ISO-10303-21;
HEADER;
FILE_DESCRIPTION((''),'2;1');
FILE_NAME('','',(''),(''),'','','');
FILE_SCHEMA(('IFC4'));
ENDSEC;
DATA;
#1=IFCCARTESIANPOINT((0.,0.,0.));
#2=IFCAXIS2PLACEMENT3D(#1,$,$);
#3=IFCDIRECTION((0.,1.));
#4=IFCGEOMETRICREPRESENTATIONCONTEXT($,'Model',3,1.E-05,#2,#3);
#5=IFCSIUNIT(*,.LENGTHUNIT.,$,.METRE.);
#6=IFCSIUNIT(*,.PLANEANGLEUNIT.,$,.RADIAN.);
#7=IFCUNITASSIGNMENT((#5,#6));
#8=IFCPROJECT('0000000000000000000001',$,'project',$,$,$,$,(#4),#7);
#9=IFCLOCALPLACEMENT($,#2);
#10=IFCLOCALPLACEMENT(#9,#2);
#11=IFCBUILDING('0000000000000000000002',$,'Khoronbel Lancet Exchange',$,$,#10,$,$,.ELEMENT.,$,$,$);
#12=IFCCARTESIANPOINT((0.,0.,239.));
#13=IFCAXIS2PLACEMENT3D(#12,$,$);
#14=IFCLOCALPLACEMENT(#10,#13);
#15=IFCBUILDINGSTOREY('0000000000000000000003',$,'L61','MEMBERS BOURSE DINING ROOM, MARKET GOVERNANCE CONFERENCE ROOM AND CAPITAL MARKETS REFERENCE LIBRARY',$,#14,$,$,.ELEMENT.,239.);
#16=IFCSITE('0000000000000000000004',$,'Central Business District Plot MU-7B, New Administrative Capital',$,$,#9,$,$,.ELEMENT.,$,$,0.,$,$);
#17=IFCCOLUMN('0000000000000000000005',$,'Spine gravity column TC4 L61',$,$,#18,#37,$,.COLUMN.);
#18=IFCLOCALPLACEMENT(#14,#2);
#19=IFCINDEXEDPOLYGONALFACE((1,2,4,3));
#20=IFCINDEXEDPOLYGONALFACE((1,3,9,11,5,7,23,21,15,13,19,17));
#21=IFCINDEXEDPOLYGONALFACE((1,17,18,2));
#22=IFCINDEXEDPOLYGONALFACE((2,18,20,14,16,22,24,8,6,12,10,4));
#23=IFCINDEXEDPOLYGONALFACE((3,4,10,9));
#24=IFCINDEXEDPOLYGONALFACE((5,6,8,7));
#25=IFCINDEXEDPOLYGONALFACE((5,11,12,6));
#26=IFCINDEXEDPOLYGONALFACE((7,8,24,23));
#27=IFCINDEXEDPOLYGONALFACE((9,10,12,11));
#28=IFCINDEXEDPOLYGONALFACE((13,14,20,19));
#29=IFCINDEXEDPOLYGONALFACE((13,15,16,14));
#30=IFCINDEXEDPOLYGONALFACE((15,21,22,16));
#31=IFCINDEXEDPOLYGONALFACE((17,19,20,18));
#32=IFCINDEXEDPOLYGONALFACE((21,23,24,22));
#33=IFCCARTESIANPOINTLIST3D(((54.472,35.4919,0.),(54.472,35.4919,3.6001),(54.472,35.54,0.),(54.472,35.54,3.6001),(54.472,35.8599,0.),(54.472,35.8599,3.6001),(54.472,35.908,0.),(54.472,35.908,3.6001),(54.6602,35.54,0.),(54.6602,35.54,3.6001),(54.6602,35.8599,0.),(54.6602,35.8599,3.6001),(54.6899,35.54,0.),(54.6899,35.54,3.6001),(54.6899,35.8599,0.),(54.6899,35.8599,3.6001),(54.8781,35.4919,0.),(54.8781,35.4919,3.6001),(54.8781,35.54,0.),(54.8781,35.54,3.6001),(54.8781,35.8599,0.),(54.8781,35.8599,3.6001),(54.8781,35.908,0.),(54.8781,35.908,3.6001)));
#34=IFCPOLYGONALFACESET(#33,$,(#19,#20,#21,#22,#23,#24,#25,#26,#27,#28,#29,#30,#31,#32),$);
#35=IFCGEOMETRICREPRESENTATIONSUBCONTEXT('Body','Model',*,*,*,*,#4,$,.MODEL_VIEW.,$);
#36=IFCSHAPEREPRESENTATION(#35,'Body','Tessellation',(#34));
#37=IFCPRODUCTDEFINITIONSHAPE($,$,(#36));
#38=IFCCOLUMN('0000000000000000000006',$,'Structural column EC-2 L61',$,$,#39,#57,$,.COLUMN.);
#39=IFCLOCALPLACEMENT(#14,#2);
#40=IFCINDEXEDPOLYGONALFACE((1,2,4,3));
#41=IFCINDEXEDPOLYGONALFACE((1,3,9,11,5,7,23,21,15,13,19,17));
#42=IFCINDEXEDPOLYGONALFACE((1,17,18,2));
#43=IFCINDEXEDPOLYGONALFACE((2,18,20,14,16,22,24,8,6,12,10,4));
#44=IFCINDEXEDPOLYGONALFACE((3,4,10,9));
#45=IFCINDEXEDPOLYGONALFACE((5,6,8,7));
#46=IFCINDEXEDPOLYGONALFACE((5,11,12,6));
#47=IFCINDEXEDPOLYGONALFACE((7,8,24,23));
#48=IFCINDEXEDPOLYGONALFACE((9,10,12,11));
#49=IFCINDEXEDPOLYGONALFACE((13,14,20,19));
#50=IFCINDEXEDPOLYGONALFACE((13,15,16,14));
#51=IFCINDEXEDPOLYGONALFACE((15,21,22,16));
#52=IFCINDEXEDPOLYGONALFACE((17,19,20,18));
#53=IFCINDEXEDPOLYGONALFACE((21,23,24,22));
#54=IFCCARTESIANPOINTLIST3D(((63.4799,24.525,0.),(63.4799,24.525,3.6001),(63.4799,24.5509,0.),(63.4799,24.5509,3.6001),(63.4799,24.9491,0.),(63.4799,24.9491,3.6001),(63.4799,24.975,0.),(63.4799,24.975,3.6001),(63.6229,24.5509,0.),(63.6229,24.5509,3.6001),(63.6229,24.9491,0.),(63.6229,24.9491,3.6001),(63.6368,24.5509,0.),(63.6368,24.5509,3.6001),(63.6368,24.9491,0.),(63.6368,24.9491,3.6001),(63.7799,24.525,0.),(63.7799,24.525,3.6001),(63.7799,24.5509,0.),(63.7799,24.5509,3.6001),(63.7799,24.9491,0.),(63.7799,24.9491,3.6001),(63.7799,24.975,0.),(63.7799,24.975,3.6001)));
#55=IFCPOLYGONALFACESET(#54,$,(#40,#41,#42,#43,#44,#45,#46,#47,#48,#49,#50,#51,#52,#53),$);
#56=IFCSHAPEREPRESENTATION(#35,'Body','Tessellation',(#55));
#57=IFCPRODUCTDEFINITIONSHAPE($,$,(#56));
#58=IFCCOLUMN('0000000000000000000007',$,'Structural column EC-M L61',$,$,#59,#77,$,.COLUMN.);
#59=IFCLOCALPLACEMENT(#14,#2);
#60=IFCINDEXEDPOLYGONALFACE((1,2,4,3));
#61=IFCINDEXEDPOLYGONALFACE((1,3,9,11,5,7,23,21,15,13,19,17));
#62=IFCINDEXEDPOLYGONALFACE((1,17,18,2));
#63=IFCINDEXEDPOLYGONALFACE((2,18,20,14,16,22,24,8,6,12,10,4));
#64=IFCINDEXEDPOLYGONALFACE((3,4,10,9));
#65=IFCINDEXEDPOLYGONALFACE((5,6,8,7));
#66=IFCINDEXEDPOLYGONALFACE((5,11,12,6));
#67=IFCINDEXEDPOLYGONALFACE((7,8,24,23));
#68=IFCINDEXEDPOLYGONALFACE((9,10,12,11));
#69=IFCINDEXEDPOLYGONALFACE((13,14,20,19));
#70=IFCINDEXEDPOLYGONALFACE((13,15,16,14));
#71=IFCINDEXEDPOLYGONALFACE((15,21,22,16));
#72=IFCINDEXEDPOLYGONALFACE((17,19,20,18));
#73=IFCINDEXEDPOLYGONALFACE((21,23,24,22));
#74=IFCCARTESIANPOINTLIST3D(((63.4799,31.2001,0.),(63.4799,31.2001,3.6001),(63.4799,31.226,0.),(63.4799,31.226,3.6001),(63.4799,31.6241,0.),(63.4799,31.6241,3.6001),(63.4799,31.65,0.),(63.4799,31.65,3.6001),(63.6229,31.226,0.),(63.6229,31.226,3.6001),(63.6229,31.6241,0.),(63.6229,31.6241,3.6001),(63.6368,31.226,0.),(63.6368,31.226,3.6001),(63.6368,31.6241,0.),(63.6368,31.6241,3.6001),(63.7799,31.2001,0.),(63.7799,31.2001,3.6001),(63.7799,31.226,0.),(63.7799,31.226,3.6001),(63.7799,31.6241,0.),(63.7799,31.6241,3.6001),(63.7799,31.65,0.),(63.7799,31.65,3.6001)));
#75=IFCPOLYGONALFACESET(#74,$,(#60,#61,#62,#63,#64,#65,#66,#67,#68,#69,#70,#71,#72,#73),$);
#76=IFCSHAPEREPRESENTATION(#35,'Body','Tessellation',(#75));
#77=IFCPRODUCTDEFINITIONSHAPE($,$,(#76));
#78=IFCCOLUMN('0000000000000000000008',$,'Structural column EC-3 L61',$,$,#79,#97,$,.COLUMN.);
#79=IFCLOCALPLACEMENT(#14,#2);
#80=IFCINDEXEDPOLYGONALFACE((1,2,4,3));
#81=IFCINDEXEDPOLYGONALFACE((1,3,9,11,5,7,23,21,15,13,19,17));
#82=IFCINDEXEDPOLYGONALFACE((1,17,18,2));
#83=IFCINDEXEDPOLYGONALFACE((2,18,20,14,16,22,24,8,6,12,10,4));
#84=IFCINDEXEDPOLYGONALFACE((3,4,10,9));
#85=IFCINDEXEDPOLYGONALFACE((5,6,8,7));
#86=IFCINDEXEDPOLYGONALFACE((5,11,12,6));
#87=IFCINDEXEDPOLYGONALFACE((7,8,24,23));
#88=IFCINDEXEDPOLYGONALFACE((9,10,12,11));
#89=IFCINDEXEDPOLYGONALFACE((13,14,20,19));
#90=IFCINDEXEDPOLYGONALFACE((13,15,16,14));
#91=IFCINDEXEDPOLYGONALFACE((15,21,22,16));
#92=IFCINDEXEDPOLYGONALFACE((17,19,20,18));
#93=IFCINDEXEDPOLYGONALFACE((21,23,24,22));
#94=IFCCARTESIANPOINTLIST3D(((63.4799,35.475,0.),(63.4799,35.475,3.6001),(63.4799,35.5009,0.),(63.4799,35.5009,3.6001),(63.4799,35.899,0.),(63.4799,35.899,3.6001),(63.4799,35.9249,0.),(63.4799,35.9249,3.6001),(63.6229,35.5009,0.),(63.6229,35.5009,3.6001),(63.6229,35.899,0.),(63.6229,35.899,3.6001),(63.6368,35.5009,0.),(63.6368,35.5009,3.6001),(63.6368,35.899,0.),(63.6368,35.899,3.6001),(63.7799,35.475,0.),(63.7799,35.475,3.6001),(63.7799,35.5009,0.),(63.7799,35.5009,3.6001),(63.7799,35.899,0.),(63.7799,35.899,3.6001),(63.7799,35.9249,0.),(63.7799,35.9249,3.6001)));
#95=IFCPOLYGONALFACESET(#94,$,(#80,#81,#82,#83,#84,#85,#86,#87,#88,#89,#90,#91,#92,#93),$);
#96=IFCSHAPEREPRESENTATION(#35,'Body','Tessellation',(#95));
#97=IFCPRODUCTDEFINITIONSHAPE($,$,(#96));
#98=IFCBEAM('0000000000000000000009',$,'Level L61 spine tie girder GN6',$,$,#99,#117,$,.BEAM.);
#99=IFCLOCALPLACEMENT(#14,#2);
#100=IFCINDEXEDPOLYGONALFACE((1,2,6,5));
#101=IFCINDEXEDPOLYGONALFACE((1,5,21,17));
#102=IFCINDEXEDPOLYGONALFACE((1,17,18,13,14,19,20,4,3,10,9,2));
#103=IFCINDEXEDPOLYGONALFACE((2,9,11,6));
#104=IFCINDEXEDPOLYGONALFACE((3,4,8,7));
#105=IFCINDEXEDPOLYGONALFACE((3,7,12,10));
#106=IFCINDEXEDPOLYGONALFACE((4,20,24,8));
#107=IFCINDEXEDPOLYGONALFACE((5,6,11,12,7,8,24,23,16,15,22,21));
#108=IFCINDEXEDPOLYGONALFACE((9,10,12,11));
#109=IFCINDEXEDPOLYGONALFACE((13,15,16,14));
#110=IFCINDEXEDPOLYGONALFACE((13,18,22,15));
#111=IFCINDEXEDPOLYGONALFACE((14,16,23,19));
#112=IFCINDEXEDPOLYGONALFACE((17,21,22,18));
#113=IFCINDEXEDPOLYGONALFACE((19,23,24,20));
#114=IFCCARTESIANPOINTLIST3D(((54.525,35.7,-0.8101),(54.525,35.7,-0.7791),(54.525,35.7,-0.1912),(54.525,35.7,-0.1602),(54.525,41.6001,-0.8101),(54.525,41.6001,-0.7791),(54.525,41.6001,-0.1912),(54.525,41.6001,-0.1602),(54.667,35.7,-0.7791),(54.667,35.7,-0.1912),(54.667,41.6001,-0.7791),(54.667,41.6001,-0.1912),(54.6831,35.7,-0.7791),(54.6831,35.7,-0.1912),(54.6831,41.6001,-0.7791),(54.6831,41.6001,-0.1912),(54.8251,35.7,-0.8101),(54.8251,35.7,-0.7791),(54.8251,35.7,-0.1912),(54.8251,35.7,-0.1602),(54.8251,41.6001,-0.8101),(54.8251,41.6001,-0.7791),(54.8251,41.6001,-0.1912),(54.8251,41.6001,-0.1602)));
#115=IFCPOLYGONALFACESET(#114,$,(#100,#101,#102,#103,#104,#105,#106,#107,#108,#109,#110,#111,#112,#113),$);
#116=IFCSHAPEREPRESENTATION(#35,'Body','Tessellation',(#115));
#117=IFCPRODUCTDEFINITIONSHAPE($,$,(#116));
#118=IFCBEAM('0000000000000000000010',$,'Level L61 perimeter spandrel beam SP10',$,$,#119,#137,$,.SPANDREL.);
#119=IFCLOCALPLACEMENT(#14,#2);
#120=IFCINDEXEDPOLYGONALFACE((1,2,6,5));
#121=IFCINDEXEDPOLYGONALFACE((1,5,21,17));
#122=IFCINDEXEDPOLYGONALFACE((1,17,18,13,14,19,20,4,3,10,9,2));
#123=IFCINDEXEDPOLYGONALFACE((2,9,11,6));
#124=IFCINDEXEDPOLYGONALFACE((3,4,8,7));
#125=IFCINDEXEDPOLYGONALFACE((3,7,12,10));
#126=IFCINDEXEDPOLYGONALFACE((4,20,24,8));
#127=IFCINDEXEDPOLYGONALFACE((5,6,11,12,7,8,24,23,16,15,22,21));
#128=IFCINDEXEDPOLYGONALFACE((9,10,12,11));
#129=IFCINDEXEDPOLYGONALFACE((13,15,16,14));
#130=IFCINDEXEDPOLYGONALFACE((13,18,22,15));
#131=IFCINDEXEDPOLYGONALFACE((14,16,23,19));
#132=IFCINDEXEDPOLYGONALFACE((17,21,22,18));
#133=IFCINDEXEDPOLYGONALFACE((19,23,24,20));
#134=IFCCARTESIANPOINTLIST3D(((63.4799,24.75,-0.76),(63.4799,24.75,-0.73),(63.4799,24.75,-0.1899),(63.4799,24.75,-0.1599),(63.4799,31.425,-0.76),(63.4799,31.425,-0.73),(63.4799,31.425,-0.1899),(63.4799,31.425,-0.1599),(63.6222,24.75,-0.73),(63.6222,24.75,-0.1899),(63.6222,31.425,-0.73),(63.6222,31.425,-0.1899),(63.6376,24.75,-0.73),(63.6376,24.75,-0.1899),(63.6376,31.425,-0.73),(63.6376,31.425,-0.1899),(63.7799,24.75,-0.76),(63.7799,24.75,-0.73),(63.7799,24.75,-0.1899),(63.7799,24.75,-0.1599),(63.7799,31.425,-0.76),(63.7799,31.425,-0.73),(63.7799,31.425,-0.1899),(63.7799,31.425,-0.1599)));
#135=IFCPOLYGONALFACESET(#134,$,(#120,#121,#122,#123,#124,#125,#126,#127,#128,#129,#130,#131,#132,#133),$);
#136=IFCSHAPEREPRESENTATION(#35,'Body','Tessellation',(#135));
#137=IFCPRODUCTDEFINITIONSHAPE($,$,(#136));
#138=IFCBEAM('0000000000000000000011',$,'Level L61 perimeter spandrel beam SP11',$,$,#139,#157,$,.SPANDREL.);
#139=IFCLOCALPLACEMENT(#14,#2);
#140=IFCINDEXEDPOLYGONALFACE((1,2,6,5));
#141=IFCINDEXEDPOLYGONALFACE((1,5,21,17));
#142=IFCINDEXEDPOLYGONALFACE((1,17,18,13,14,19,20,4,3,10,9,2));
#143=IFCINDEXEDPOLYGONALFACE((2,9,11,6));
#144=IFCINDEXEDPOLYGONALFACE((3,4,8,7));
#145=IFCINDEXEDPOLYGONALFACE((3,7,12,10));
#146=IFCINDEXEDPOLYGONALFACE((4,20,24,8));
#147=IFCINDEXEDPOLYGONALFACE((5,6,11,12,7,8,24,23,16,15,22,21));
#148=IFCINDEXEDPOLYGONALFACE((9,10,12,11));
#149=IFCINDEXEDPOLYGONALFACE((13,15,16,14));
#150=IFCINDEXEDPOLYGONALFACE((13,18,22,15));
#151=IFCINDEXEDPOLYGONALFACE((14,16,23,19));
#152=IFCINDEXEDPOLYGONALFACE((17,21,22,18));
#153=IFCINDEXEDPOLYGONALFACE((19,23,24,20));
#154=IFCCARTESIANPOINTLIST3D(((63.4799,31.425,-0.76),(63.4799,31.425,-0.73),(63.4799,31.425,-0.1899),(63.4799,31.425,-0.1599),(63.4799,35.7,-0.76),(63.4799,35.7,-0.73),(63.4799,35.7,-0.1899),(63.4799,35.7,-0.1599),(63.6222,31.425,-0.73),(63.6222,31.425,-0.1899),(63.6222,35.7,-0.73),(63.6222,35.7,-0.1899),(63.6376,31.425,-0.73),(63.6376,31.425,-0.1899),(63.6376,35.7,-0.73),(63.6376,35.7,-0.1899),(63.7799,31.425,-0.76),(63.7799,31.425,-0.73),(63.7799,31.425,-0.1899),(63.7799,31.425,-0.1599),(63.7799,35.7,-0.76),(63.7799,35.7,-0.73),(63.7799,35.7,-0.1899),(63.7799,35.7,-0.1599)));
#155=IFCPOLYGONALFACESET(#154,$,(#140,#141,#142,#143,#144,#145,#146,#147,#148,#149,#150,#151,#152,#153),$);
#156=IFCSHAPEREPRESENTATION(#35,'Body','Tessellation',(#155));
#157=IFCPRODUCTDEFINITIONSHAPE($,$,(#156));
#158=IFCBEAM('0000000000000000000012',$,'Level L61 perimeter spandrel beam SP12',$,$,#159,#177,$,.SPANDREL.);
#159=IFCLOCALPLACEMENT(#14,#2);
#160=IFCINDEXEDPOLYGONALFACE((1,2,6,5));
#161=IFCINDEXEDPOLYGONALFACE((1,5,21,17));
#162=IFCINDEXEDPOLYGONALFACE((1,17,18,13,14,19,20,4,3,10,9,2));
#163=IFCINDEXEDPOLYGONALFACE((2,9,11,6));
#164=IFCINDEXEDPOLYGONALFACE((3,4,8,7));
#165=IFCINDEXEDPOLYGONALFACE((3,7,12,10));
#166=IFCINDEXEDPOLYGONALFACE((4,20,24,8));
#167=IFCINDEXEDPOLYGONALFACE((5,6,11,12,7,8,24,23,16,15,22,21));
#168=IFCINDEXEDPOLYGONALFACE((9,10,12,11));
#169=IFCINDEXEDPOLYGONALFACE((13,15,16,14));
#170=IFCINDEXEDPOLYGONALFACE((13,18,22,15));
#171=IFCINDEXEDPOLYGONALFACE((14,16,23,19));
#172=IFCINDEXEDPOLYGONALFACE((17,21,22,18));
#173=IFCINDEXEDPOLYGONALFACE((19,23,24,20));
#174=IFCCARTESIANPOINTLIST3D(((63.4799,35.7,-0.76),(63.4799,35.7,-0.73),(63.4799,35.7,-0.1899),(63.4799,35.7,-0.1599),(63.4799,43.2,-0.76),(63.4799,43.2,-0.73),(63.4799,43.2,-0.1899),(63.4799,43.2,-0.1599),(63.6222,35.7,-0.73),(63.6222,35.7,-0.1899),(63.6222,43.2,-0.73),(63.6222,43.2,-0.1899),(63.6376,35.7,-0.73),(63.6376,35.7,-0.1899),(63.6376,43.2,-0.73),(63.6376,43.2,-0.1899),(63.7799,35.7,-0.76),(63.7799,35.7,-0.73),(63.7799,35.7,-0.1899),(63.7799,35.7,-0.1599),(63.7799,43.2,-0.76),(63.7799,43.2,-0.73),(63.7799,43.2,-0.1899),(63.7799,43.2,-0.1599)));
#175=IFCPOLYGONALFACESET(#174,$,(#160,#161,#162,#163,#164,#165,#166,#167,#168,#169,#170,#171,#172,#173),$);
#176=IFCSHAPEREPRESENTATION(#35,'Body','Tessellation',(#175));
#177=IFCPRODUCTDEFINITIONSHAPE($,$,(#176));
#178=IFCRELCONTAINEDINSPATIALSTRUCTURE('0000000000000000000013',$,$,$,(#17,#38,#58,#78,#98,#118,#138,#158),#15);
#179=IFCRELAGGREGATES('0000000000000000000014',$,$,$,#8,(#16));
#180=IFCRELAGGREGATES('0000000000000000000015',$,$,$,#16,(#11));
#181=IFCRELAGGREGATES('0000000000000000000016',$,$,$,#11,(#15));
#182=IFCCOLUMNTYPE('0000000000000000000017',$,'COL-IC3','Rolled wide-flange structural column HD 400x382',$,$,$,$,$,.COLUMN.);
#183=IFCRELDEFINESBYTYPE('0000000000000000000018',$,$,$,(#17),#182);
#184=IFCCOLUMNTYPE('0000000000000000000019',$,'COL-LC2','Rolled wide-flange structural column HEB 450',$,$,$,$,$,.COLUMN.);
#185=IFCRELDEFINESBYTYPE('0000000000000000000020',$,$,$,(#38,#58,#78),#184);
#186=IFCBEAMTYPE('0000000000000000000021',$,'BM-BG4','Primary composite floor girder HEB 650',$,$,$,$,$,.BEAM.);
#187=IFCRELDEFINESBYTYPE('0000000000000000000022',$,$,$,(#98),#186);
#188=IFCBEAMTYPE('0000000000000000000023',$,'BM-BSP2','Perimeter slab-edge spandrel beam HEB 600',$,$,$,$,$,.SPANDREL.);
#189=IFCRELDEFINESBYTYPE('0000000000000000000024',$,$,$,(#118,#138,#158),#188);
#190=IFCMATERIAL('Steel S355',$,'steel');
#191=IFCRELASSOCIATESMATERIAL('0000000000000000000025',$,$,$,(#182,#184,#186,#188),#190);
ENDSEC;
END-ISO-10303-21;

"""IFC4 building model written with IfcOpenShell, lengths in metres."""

from ifc_helpers import new_model, si_unit, direction, frame, origin, origin_2d, place, context, subcontext, project, spatial, i_section, extrude, material, material_profile, profile_set, type_object, element, save


model = new_model("IFC4")

# Units and contexts
model_context = context("Model", 3, precision=1e-05, world=origin(), true_north=direction((0.0, 1.0)))
body_context = subcontext(model_context, "Body", "Model", "MODEL_VIEW")
ifc_project = project(units=[si_unit("LENGTHUNIT", "METRE"), si_unit("PLANEANGLEUNIT", "RADIAN")], contexts=[model_context])

# Site, building, storey
site_placement = place(None, origin())
site = spatial("IfcSite", under=ifc_project, at=site_placement, Name="Central Business District Plot MU-7B, New Administrative Capital", CompositionType="ELEMENT", RefElevation=0.0)
building_placement = place(site_placement, origin())
building = spatial("IfcBuilding", under=site, at=building_placement, Name="Khoronbel Lancet Exchange", CompositionType="ELEMENT")
storey_placement = place(building_placement, frame((0.0, 0.0, 239.0)))
storey = spatial("IfcBuildingStorey", under=building, at=storey_placement, Name="L61", Description="MEMBERS BOURSE DINING ROOM, MARKET GOVERNANCE CONFERENCE ROOM AND CAPITAL MARKETS REFERENCE LIBRARY", CompositionType="ELEMENT", Elevation=239.0)

# Columns
ifc_material_1 = material(Name="Steel S355", Category="steel")
ifc_material_profile_1 = material_profile(ifc_material_1, i_section(OverallWidth=0.406, OverallDepth=0.416, WebThickness=0.0298, FlangeThickness=0.0481, at=origin_2d()), Name="HD 400x382")
ifc_profile_set_1 = profile_set([ifc_material_profile_1], Name="Steel S355")
column_type_1 = type_object("IfcColumnType", Name="COL-IC3", Description="Rolled wide-flange structural column HD 400x382", PredefinedType="COLUMN", material=ifc_profile_set_1)
column_placement = place(storey_placement, frame((54.675, 35.7, 0.0), z_axis=(0.0, 0.0, 1.0), x_axis=(1.0, 0.0, 0.0)))
element("IfcColumn", 1, at=column_placement, inside=storey, type_object=column_type_1, Name="Spine gravity column TC4 L61", PredefinedType="COLUMN", context=body_context, shape_type="SweptSolid", body=[
    extrude(i_section(OverallWidth=0.406, OverallDepth=0.416, WebThickness=0.0298, FlangeThickness=0.0481, at=origin_2d()), origin(), (0.0, 0.0, 1.0), 3.6001),
])
ifc_material_profile_2 = material_profile(ifc_material_1, i_section(OverallWidth=0.3, OverallDepth=0.45, WebThickness=0.0139, FlangeThickness=0.0259, at=origin_2d()), Name="HEB 450")
ifc_profile_set_2 = profile_set([ifc_material_profile_2], Name="Steel S355")
column_type_2 = type_object("IfcColumnType", Name="COL-LC2", Description="Rolled wide-flange structural column HEB 450", PredefinedType="COLUMN", material=ifc_profile_set_2)
for number, where, z_axis, x_axis, name in (
    (2, (63.6299, 24.75, 0.0), (0.0, 0.0, 1.0), (1.0, 0.0, 0.0), "Structural column EC-2 L61"),
    (3, (63.6299, 31.425, 0.0), (0.0, 0.0, 1.0), (1.0, 0.0, 0.0), "Structural column EC-M L61"),
    (4, (63.6299, 35.7, 0.0), (0.0, 0.0, 1.0), (1.0, 0.0, 0.0), "Structural column EC-3 L61"),
):
    element("IfcColumn", number, at=place(storey_placement, frame(where, z_axis=z_axis, x_axis=x_axis)), inside=storey, type_object=column_type_2, Name=name, PredefinedType="COLUMN", context=body_context, shape_type="SweptSolid", body=[
        extrude(i_section(OverallWidth=0.3, OverallDepth=0.45, WebThickness=0.0139, FlangeThickness=0.0259, at=origin_2d()), origin(), (0.0, 0.0, 1.0), 3.6001),
    ])

# Beams
ifc_material_profile_3 = material_profile(ifc_material_1, i_section(OverallWidth=0.3, OverallDepth=0.6499, WebThickness=0.0161, FlangeThickness=0.031, at=origin_2d()), Name="HEB 650")
ifc_profile_set_3 = profile_set([ifc_material_profile_3], Name="Steel S355")
beam_type_1 = type_object("IfcBeamType", Name="BM-BG4", Description="Primary composite floor girder HEB 650", PredefinedType="BEAM", material=ifc_profile_set_3)
beam_1_placement = place(storey_placement, frame((54.675, 35.7, -0.4851), z_axis=(0.0, 1.0, 0.0), x_axis=(-1.0, 0.0, 0.0)))
element("IfcBeam", 5, at=beam_1_placement, inside=storey, type_object=beam_type_1, Name="Level L61 spine tie girder GN6", PredefinedType="BEAM", context=body_context, shape_type="SweptSolid", body=[
    extrude(i_section(OverallWidth=0.3, OverallDepth=0.6499, WebThickness=0.0161, FlangeThickness=0.031, at=origin_2d()), origin(), (0.0, 0.0, 1.0), 5.9001),
])
ifc_material_profile_4 = material_profile(ifc_material_1, i_section(OverallWidth=0.3, OverallDepth=0.6001, WebThickness=0.0154, FlangeThickness=0.03, at=origin_2d()), Name="HEB 600")
ifc_profile_set_4 = profile_set([ifc_material_profile_4], Name="Steel S355")
beam_type_2 = type_object("IfcBeamType", Name="BM-BSP2", Description="Perimeter slab-edge spandrel beam HEB 600", PredefinedType="SPANDREL", material=ifc_profile_set_4)
beam_2_placement = place(storey_placement, frame((63.6299, 24.75, -0.46), z_axis=(0.0, 1.0, 0.0), x_axis=(-1.0, 0.0, 0.0)))
element("IfcBeam", 6, at=beam_2_placement, inside=storey, type_object=beam_type_2, Name="Level L61 perimeter spandrel beam SP10", PredefinedType="SPANDREL", context=body_context, shape_type="SweptSolid", body=[
    extrude(i_section(OverallWidth=0.3, OverallDepth=0.6001, WebThickness=0.0154, FlangeThickness=0.03, at=origin_2d()), origin(), (0.0, 0.0, 1.0), 6.675),
])
beam_3_placement = place(storey_placement, frame((63.6299, 31.425, -0.46), z_axis=(0.0, 1.0, 0.0), x_axis=(-1.0, 0.0, 0.0)))
element("IfcBeam", 7, at=beam_3_placement, inside=storey, type_object=beam_type_2, Name="Level L61 perimeter spandrel beam SP11", PredefinedType="SPANDREL", context=body_context, shape_type="SweptSolid", body=[
    extrude(i_section(OverallWidth=0.3, OverallDepth=0.6001, WebThickness=0.0154, FlangeThickness=0.03, at=origin_2d()), origin(), (0.0, 0.0, 1.0), 4.2749),
])
beam_4_placement = place(storey_placement, frame((63.6299, 35.7, -0.46), z_axis=(0.0, 1.0, 0.0), x_axis=(-1.0, 0.0, 0.0)))
element("IfcBeam", 8, at=beam_4_placement, inside=storey, type_object=beam_type_2, Name="Level L61 perimeter spandrel beam SP12", PredefinedType="SPANDREL", context=body_context, shape_type="SweptSolid", body=[
    extrude(i_section(OverallWidth=0.3, OverallDepth=0.6001, WebThickness=0.0154, FlangeThickness=0.03, at=origin_2d()), origin(), (0.0, 0.0, 1.0), 7.5),
])

save(model, "model.ifc")
